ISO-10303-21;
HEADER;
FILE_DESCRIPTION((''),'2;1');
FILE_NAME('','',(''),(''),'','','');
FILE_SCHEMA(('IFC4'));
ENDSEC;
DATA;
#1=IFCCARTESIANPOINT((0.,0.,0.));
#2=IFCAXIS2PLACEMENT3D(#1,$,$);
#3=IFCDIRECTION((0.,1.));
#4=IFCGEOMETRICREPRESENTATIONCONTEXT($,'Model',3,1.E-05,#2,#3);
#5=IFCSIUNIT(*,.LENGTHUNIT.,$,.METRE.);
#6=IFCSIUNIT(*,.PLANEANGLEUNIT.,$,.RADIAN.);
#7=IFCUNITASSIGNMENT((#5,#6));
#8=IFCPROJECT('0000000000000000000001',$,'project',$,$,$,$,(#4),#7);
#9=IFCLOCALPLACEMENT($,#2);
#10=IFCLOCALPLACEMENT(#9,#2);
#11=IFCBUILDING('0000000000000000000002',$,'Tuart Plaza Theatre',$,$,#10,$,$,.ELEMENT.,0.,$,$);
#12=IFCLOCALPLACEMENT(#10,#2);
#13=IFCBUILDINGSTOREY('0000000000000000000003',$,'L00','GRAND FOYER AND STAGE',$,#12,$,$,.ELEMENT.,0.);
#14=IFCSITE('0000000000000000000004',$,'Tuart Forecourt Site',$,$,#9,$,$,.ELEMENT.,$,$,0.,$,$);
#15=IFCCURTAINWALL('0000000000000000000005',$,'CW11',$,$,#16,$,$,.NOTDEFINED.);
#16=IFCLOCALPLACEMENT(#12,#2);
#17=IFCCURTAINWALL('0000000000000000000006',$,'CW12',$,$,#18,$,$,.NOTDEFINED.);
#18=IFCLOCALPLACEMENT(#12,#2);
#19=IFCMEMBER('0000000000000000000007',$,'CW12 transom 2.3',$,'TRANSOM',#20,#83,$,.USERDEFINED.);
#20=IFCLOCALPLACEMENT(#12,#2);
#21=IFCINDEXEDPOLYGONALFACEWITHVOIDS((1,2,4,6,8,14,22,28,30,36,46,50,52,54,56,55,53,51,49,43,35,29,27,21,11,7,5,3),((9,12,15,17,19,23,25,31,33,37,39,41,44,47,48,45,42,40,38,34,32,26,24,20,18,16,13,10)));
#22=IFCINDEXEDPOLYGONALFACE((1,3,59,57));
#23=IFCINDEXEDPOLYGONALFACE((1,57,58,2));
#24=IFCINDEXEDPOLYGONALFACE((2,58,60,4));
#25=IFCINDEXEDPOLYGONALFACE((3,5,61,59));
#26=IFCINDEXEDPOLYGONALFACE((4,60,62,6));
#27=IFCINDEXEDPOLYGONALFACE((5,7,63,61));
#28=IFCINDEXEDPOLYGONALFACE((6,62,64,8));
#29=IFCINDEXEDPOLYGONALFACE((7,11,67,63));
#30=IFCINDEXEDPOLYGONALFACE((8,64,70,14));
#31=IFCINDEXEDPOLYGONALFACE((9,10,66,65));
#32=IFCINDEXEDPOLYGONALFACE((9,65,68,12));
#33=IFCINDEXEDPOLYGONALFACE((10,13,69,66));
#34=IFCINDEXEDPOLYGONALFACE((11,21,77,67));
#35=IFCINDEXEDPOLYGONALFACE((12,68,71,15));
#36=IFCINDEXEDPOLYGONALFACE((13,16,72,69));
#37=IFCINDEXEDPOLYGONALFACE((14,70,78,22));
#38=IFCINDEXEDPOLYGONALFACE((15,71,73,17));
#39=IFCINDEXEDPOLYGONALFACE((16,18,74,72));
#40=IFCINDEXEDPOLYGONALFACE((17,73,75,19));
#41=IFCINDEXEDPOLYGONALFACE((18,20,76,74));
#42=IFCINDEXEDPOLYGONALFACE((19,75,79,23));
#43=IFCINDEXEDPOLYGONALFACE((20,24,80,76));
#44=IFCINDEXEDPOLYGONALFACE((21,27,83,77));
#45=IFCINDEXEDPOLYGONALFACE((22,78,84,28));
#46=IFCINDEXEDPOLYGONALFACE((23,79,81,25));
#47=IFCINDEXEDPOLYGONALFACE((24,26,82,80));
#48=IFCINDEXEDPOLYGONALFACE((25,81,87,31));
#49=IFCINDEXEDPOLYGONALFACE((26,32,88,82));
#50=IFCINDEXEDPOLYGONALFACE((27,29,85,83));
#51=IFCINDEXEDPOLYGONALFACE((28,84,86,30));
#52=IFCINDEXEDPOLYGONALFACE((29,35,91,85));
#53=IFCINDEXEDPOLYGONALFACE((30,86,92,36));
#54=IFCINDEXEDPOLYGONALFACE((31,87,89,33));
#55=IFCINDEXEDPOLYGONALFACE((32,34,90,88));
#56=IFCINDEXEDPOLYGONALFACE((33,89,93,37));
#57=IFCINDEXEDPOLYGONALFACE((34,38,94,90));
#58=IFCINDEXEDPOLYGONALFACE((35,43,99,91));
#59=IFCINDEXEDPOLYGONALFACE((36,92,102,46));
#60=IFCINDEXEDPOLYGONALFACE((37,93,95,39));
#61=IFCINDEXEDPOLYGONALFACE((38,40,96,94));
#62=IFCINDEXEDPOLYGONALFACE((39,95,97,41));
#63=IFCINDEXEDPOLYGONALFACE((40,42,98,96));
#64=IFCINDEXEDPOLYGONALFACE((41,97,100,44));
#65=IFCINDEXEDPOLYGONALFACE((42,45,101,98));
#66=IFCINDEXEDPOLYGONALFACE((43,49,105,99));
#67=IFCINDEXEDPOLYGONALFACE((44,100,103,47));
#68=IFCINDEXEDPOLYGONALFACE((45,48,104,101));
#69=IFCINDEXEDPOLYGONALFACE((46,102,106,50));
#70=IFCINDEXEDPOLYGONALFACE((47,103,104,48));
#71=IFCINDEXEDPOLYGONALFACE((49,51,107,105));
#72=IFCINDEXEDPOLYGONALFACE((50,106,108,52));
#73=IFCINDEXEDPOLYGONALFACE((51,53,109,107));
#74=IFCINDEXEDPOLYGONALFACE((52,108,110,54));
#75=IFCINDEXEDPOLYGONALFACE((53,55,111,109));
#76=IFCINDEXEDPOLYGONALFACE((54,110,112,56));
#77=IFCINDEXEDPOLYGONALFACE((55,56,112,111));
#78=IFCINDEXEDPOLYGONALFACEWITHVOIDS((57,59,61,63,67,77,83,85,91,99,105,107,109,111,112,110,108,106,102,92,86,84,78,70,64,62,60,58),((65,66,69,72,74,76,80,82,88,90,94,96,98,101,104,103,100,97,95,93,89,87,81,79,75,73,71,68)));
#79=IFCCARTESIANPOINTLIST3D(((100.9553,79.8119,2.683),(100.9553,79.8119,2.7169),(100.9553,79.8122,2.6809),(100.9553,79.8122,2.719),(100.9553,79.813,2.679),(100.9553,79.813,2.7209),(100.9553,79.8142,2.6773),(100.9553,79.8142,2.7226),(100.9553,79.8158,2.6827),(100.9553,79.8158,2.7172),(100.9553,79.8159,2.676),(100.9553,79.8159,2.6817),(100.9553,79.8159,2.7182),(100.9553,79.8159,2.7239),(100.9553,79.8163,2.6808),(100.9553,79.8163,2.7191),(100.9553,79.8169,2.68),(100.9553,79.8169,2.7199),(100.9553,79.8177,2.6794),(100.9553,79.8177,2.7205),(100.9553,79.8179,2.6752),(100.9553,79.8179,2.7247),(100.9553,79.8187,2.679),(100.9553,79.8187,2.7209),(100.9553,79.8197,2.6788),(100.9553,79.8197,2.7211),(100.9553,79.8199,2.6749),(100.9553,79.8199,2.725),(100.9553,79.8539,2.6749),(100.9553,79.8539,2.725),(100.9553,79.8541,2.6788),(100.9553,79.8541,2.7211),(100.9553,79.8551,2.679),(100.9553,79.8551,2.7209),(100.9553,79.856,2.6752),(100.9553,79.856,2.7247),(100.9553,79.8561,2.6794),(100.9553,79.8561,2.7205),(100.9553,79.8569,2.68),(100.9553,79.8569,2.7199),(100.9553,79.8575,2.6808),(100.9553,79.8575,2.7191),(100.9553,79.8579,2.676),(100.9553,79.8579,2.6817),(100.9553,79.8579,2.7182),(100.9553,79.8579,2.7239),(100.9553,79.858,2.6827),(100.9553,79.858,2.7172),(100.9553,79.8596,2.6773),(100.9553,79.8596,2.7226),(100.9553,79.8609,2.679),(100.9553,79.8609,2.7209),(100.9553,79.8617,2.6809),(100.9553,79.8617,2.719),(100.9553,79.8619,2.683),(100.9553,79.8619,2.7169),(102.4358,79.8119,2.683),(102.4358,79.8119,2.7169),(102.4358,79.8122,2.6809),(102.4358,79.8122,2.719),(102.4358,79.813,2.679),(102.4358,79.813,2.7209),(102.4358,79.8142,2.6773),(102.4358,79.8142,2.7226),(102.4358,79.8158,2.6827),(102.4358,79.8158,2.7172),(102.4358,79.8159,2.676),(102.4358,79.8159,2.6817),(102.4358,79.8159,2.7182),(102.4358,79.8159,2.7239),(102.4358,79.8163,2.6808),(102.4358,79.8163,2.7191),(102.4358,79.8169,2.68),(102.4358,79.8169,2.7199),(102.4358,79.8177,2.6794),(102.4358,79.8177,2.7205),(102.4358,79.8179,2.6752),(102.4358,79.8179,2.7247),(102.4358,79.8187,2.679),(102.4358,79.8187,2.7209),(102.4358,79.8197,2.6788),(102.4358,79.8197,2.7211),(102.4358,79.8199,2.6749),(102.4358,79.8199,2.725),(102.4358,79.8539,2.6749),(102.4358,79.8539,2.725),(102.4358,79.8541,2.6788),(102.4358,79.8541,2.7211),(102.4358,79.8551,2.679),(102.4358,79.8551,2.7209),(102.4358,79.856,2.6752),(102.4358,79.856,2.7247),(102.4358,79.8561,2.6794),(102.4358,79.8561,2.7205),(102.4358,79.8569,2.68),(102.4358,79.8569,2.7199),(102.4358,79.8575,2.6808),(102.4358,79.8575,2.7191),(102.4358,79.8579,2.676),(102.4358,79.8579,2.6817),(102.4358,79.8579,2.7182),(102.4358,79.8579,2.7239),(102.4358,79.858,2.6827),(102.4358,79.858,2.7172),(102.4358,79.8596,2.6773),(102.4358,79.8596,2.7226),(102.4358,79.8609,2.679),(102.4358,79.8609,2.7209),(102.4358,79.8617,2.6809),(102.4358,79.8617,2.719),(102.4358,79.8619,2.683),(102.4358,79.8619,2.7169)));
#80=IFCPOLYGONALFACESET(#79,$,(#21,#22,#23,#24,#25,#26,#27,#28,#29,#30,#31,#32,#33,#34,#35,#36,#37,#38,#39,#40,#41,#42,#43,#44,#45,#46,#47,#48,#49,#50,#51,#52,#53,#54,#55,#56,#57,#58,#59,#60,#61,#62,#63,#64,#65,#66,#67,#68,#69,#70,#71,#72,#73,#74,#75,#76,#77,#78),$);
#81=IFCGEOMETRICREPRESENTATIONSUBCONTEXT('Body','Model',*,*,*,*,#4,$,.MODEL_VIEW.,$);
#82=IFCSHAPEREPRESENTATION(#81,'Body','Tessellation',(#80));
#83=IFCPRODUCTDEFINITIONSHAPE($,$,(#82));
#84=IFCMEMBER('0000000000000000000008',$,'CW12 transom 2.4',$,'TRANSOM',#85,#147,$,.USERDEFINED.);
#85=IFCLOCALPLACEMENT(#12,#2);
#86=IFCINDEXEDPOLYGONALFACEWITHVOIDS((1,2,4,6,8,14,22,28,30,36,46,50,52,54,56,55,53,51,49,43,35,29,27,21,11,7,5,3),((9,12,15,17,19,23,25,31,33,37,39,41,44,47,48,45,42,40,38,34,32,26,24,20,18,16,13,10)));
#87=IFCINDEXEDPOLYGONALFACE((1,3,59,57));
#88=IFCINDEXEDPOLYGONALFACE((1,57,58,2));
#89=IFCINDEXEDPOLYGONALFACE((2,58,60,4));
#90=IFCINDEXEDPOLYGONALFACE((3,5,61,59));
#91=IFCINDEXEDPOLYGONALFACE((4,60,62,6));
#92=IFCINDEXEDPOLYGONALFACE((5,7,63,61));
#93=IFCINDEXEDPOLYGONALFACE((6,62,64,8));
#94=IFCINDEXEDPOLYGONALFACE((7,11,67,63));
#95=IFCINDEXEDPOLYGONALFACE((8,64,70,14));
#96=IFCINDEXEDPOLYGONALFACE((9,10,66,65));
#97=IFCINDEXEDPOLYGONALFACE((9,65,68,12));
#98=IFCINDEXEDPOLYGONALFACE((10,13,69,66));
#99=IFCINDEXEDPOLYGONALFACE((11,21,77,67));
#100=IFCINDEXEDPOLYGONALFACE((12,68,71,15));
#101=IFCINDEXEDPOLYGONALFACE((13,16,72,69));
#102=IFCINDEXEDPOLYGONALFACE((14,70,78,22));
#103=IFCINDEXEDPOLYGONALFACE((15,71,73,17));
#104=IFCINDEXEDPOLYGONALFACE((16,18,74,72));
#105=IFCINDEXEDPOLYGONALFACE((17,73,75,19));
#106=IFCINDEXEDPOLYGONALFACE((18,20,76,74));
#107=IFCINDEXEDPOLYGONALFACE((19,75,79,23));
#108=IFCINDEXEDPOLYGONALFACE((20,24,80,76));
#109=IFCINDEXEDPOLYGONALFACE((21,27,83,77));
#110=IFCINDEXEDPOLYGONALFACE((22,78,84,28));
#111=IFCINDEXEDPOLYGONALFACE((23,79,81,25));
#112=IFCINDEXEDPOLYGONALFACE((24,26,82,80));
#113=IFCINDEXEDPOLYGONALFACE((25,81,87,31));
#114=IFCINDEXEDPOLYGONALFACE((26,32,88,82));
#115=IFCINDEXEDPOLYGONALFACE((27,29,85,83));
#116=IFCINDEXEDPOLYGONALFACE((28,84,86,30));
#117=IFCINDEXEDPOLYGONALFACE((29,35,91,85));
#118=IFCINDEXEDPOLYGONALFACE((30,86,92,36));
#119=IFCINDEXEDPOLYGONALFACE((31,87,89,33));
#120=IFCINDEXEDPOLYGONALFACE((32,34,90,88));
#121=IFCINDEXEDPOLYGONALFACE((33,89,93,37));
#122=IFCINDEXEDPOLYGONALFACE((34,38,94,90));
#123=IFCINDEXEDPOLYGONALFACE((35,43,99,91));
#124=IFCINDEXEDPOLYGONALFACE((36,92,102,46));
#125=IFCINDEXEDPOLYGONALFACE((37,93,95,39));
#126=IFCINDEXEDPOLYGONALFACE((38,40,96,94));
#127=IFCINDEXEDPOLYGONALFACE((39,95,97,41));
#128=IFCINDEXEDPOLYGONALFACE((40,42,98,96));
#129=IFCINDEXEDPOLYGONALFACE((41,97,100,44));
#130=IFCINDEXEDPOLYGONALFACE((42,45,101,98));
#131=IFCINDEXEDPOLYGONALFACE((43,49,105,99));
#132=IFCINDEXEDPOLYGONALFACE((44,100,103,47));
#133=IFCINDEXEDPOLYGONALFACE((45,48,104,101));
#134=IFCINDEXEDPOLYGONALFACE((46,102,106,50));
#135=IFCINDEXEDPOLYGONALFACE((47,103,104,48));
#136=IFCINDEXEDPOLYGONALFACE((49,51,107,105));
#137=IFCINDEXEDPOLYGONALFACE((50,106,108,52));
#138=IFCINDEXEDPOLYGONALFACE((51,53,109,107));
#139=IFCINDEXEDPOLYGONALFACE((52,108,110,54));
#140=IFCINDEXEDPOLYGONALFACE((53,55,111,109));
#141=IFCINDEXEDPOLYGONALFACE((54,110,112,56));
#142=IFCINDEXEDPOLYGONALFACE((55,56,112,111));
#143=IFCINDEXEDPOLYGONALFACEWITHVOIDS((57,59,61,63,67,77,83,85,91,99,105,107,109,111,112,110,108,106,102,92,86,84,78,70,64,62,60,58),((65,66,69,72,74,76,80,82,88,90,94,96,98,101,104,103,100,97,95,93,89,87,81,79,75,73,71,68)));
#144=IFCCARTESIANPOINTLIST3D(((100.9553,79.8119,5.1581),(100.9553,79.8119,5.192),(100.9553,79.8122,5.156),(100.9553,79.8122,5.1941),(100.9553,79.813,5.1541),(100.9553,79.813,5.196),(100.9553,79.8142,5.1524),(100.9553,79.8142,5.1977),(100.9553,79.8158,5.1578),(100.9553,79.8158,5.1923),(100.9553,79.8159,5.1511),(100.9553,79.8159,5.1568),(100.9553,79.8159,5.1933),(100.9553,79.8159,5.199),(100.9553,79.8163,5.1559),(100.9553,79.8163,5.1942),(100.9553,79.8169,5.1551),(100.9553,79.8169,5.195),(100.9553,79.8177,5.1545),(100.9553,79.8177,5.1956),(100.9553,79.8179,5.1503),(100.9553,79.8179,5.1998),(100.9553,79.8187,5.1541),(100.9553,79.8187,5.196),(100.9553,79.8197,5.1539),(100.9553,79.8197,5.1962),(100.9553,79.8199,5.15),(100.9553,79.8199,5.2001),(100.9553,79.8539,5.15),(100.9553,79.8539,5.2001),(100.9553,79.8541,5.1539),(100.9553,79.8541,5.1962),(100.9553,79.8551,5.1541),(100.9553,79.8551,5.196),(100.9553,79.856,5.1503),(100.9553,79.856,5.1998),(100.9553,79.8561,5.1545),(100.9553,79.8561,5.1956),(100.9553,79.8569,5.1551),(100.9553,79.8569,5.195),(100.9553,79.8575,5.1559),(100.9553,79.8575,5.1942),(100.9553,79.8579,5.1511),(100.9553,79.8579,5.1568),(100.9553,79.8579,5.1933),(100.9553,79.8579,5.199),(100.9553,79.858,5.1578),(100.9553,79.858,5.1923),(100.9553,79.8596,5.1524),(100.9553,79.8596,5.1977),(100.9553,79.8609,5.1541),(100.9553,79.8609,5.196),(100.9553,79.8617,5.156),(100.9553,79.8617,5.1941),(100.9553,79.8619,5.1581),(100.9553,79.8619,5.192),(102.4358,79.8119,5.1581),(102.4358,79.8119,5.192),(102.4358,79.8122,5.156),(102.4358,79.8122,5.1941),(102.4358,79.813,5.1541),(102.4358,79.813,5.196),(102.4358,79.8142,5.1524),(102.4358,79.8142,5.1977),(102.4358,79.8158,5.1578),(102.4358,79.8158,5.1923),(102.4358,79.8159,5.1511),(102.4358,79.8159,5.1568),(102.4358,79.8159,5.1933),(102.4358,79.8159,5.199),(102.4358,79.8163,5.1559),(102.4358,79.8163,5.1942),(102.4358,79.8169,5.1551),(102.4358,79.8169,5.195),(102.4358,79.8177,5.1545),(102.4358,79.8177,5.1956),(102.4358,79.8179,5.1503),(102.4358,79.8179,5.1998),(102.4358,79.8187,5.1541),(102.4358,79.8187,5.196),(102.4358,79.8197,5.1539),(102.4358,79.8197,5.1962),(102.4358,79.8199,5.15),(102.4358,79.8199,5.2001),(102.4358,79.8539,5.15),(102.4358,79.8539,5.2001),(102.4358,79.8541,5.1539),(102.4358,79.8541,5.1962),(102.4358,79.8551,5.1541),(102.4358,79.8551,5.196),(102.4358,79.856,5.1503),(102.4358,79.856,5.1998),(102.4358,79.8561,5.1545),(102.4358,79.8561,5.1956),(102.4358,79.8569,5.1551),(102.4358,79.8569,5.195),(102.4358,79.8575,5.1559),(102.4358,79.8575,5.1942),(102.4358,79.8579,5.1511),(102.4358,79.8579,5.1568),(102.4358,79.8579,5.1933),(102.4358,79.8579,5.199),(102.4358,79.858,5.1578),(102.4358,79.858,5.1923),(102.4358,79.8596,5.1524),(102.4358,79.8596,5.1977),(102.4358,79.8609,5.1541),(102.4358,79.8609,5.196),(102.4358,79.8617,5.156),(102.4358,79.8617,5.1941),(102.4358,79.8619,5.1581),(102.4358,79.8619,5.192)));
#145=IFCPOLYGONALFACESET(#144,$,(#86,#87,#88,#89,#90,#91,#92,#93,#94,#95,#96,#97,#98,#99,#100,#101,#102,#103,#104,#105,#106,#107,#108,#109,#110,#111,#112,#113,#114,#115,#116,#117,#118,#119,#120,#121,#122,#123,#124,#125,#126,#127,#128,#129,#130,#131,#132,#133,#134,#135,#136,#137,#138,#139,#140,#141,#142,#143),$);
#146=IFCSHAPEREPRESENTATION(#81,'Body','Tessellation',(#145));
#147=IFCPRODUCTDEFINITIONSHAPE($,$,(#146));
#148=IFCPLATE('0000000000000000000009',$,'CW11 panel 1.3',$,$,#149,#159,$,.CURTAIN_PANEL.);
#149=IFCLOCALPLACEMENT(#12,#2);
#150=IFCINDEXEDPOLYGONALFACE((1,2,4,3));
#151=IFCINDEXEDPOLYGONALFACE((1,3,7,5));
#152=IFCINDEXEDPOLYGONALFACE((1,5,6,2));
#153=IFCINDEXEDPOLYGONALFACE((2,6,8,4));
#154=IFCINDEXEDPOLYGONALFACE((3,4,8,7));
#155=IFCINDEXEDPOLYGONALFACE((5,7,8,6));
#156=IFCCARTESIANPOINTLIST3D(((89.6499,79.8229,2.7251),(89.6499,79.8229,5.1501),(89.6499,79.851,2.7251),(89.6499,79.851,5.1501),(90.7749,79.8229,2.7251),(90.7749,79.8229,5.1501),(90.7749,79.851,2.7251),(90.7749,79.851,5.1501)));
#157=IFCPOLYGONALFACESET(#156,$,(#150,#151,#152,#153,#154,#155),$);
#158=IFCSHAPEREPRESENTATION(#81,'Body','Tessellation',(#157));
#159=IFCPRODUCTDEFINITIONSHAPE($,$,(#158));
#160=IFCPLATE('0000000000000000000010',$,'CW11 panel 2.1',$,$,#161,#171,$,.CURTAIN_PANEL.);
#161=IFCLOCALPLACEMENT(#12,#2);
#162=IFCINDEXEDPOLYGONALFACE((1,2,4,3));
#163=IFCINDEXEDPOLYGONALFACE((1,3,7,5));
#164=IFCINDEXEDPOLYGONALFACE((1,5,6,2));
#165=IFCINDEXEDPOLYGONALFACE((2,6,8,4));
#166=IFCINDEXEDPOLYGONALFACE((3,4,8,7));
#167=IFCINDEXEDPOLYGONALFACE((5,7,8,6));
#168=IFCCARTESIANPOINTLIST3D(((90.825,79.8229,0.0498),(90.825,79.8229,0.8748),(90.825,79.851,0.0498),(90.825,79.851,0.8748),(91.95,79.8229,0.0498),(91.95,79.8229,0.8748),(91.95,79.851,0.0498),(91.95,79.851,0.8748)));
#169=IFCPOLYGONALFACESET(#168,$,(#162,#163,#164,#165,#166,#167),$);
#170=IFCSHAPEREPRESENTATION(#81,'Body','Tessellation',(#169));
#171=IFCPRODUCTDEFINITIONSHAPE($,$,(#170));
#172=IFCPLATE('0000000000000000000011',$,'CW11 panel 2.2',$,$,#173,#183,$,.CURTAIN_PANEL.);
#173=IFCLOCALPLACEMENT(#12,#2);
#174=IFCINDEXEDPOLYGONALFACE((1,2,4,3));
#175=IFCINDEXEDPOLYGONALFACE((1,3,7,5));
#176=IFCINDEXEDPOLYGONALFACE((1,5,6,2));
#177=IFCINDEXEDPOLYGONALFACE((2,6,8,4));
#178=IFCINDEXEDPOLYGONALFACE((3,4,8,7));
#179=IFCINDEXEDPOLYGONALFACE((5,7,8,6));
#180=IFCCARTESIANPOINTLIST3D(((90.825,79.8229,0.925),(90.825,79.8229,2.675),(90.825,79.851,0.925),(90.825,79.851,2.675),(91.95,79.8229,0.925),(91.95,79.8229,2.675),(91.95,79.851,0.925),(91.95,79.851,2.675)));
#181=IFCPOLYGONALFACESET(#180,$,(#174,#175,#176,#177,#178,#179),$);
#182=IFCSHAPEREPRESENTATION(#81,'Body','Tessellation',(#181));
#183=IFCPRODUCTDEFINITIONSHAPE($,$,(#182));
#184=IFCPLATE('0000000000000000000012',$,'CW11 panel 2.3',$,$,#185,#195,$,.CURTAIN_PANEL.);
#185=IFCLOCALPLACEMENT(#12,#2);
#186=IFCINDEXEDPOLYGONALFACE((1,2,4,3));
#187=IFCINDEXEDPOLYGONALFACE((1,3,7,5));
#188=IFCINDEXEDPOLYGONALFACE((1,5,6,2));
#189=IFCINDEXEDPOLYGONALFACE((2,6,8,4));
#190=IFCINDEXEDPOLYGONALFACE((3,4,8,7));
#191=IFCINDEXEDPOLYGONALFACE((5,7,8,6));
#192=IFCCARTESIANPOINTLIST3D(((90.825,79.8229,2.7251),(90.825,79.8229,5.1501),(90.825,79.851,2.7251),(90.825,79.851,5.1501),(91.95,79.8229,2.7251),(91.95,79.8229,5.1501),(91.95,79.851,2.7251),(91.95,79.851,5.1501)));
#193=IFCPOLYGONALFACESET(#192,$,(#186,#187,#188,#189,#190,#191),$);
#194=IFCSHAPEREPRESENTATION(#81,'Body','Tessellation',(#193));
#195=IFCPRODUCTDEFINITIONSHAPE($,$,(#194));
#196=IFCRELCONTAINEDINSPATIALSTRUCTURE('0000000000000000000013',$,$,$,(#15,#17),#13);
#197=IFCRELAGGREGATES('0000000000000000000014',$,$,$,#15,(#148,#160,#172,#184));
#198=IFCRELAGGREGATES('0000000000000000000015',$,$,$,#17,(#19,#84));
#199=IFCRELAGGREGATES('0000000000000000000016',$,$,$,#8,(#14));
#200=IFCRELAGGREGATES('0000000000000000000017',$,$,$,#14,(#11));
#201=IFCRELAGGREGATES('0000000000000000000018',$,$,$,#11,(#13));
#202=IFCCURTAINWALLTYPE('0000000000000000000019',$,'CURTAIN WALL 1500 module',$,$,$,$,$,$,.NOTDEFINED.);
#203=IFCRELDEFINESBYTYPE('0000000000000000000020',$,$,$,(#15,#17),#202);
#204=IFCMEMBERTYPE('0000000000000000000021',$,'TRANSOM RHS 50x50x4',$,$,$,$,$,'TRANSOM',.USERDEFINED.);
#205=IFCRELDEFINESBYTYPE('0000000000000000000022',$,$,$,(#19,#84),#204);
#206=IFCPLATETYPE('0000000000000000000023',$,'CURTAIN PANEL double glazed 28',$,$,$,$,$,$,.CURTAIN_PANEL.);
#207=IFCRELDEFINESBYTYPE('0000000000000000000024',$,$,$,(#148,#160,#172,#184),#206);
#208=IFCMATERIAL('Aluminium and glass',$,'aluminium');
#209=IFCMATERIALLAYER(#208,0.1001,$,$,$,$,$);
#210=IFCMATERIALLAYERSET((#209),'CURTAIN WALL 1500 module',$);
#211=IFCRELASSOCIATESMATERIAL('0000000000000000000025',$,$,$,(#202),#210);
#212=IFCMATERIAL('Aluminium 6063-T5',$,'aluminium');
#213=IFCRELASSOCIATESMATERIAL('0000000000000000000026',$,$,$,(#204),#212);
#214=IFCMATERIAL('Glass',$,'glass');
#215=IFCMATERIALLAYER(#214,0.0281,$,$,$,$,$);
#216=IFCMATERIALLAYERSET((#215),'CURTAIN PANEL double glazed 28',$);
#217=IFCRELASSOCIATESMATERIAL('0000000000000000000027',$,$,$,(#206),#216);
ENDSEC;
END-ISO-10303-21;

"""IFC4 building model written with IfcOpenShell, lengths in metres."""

from ifc_helpers import new_model, si_unit, direction, frame, origin, origin_2d, place, context, subcontext, project, spatial, rectangle, hollow_rectangle, extrude, material, layer, layer_set, material_profile, profile_set, type_object, element, aggregate, save


model = new_model("IFC4")

# Units and contexts
model_context = context("Model", 3, precision=1e-05, world=origin(), true_north=direction((0.0, 1.0)))
body_context = subcontext(model_context, "Body", "Model", "MODEL_VIEW")
ifc_project = project(units=[si_unit("LENGTHUNIT", "METRE"), si_unit("PLANEANGLEUNIT", "RADIAN")], contexts=[model_context])

# Site, building, storey
site_placement = place(None, origin())
site = spatial("IfcSite", under=ifc_project, at=site_placement, Name="Tuart Forecourt Site", CompositionType="ELEMENT", RefElevation=0.0)
building_placement = place(site_placement, origin())
building = spatial("IfcBuilding", under=site, at=building_placement, Name="Tuart Plaza Theatre", CompositionType="ELEMENT", ElevationOfRefHeight=0.0)
storey_placement = place(building_placement, origin())
storey = spatial("IfcBuildingStorey", under=building, at=storey_placement, Name="L00", Description="GRAND FOYER AND STAGE", CompositionType="ELEMENT", Elevation=0.0)

# Curtain walls
ifc_material_1 = material(Name="Aluminium and glass", Category="aluminium")
ifc_layer_1 = layer(ifc_material_1, 0.1001)
ifc_layer_set_1 = layer_set([ifc_layer_1], Name="CURTAIN WALL 1500 module")
curtain_wall_type = type_object("IfcCurtainWallType", Name="CURTAIN WALL 1500 module", PredefinedType="NOTDEFINED", material=ifc_layer_set_1)
curtain_wall_1_placement = place(storey_placement, origin())
curtain_wall_1 = element("IfcCurtainWall", 1, at=curtain_wall_1_placement, inside=storey, type_object=curtain_wall_type, Name="CW11", PredefinedType="NOTDEFINED")
curtain_wall_2_placement = place(storey_placement, origin())
curtain_wall_2 = element("IfcCurtainWall", 2, at=curtain_wall_2_placement, inside=storey, type_object=curtain_wall_type, Name="CW12", PredefinedType="NOTDEFINED")

# Members
ifc_material_2 = material(Name="Aluminium 6063-T5", Category="aluminium")
ifc_material_profile_1 = material_profile(ifc_material_2, hollow_rectangle(XDim=0.05, YDim=0.05, WallThickness=0.0039, InnerFilletRadius=0.0039, OuterFilletRadius=0.0081, at=origin_2d()), Name="RHS 50x50x4")
ifc_profile_set_1 = profile_set([ifc_material_profile_1], Name="Aluminium 6063-T5")
member_type_1 = type_object("IfcMemberType", Name="TRANSOM RHS 50x50x4", ElementType="TRANSOM", PredefinedType="USERDEFINED", material=ifc_profile_set_1)
member_1_placement = place(storey_placement, frame((100.9553, 79.8369, 2.7), z_axis=(1.0, 0.0, 0.0), x_axis=(0.0, 1.0, 0.0)))
member_1 = element("IfcMember", 3, at=member_1_placement, type_object=member_type_1, Name="CW12 transom 2.3", ObjectType="TRANSOM", PredefinedType="USERDEFINED", context=body_context, shape_type="SweptSolid", body=[
    extrude(hollow_rectangle(XDim=0.05, YDim=0.05, WallThickness=0.0039, InnerFilletRadius=0.0039, OuterFilletRadius=0.0081, at=origin_2d()), origin(), (0.0, 0.0, 1.0), 1.4805),
])
member_2_placement = place(storey_placement, frame((100.9553, 79.8369, 5.175), z_axis=(1.0, 0.0, 0.0), x_axis=(0.0, 1.0, 0.0)))
member_2 = element("IfcMember", 4, at=member_2_placement, type_object=member_type_1, Name="CW12 transom 2.4", ObjectType="TRANSOM", PredefinedType="USERDEFINED", context=body_context, shape_type="SweptSolid", body=[
    extrude(hollow_rectangle(XDim=0.05, YDim=0.05, WallThickness=0.0039, InnerFilletRadius=0.0039, OuterFilletRadius=0.0081, at=origin_2d()), origin(), (0.0, 0.0, 1.0), 1.4805),
])

# Plates
ifc_material_3 = material(Name="Glass", Category="glass")
ifc_layer_2 = layer(ifc_material_3, 0.0281)
ifc_layer_set_2 = layer_set([ifc_layer_2], Name="CURTAIN PANEL double glazed 28")
plate_type = type_object("IfcPlateType", Name="CURTAIN PANEL double glazed 28", PredefinedType="CURTAIN_PANEL", material=ifc_layer_set_2)
plate_1_placement = place(storey_placement, frame((90.2124, 79.8369, 2.7251), z_axis=(0.0, 0.0, 1.0), x_axis=(1.0, 0.0, 0.0)))
plate_1 = element("IfcPlate", 5, at=plate_1_placement, type_object=plate_type, Name="CW11 panel 1.3", PredefinedType="CURTAIN_PANEL", context=body_context, shape_type="SweptSolid", body=[
    extrude(rectangle(XDim=1.125, YDim=0.0281, at=origin_2d()), origin(), (0.0, 0.0, 1.0), 2.425),
])
plate_2_placement = place(storey_placement, frame((91.3875, 79.8369, 0.0498), z_axis=(0.0, 0.0, 1.0), x_axis=(1.0, 0.0, 0.0)))
plate_2 = element("IfcPlate", 6, at=plate_2_placement, type_object=plate_type, Name="CW11 panel 2.1", PredefinedType="CURTAIN_PANEL", context=body_context, shape_type="SweptSolid", body=[
    extrude(rectangle(XDim=1.125, YDim=0.0281, at=origin_2d()), origin(), (0.0, 0.0, 1.0), 0.825),
])
plate_3_placement = place(storey_placement, frame((91.3875, 79.8369, 0.925), z_axis=(0.0, 0.0, 1.0), x_axis=(1.0, 0.0, 0.0)))
plate_3 = element("IfcPlate", 7, at=plate_3_placement, type_object=plate_type, Name="CW11 panel 2.2", PredefinedType="CURTAIN_PANEL", context=body_context, shape_type="SweptSolid", body=[
    extrude(rectangle(XDim=1.125, YDim=0.0281, at=origin_2d()), origin(), (0.0, 0.0, 1.0), 1.75),
])
plate_4_placement = place(storey_placement, frame((91.3875, 79.8369, 2.7251), z_axis=(0.0, 0.0, 1.0), x_axis=(1.0, 0.0, 0.0)))
plate_4 = element("IfcPlate", 8, at=plate_4_placement, type_object=plate_type, Name="CW11 panel 2.3", PredefinedType="CURTAIN_PANEL", context=body_context, shape_type="SweptSolid", body=[
    extrude(rectangle(XDim=1.125, YDim=0.0281, at=origin_2d()), origin(), (0.0, 0.0, 1.0), 2.425),
])
aggregate(curtain_wall_1, [plate_1, plate_2, plate_3, plate_4])
aggregate(curtain_wall_2, [member_1, member_2])

save(model, "model.ifc")
